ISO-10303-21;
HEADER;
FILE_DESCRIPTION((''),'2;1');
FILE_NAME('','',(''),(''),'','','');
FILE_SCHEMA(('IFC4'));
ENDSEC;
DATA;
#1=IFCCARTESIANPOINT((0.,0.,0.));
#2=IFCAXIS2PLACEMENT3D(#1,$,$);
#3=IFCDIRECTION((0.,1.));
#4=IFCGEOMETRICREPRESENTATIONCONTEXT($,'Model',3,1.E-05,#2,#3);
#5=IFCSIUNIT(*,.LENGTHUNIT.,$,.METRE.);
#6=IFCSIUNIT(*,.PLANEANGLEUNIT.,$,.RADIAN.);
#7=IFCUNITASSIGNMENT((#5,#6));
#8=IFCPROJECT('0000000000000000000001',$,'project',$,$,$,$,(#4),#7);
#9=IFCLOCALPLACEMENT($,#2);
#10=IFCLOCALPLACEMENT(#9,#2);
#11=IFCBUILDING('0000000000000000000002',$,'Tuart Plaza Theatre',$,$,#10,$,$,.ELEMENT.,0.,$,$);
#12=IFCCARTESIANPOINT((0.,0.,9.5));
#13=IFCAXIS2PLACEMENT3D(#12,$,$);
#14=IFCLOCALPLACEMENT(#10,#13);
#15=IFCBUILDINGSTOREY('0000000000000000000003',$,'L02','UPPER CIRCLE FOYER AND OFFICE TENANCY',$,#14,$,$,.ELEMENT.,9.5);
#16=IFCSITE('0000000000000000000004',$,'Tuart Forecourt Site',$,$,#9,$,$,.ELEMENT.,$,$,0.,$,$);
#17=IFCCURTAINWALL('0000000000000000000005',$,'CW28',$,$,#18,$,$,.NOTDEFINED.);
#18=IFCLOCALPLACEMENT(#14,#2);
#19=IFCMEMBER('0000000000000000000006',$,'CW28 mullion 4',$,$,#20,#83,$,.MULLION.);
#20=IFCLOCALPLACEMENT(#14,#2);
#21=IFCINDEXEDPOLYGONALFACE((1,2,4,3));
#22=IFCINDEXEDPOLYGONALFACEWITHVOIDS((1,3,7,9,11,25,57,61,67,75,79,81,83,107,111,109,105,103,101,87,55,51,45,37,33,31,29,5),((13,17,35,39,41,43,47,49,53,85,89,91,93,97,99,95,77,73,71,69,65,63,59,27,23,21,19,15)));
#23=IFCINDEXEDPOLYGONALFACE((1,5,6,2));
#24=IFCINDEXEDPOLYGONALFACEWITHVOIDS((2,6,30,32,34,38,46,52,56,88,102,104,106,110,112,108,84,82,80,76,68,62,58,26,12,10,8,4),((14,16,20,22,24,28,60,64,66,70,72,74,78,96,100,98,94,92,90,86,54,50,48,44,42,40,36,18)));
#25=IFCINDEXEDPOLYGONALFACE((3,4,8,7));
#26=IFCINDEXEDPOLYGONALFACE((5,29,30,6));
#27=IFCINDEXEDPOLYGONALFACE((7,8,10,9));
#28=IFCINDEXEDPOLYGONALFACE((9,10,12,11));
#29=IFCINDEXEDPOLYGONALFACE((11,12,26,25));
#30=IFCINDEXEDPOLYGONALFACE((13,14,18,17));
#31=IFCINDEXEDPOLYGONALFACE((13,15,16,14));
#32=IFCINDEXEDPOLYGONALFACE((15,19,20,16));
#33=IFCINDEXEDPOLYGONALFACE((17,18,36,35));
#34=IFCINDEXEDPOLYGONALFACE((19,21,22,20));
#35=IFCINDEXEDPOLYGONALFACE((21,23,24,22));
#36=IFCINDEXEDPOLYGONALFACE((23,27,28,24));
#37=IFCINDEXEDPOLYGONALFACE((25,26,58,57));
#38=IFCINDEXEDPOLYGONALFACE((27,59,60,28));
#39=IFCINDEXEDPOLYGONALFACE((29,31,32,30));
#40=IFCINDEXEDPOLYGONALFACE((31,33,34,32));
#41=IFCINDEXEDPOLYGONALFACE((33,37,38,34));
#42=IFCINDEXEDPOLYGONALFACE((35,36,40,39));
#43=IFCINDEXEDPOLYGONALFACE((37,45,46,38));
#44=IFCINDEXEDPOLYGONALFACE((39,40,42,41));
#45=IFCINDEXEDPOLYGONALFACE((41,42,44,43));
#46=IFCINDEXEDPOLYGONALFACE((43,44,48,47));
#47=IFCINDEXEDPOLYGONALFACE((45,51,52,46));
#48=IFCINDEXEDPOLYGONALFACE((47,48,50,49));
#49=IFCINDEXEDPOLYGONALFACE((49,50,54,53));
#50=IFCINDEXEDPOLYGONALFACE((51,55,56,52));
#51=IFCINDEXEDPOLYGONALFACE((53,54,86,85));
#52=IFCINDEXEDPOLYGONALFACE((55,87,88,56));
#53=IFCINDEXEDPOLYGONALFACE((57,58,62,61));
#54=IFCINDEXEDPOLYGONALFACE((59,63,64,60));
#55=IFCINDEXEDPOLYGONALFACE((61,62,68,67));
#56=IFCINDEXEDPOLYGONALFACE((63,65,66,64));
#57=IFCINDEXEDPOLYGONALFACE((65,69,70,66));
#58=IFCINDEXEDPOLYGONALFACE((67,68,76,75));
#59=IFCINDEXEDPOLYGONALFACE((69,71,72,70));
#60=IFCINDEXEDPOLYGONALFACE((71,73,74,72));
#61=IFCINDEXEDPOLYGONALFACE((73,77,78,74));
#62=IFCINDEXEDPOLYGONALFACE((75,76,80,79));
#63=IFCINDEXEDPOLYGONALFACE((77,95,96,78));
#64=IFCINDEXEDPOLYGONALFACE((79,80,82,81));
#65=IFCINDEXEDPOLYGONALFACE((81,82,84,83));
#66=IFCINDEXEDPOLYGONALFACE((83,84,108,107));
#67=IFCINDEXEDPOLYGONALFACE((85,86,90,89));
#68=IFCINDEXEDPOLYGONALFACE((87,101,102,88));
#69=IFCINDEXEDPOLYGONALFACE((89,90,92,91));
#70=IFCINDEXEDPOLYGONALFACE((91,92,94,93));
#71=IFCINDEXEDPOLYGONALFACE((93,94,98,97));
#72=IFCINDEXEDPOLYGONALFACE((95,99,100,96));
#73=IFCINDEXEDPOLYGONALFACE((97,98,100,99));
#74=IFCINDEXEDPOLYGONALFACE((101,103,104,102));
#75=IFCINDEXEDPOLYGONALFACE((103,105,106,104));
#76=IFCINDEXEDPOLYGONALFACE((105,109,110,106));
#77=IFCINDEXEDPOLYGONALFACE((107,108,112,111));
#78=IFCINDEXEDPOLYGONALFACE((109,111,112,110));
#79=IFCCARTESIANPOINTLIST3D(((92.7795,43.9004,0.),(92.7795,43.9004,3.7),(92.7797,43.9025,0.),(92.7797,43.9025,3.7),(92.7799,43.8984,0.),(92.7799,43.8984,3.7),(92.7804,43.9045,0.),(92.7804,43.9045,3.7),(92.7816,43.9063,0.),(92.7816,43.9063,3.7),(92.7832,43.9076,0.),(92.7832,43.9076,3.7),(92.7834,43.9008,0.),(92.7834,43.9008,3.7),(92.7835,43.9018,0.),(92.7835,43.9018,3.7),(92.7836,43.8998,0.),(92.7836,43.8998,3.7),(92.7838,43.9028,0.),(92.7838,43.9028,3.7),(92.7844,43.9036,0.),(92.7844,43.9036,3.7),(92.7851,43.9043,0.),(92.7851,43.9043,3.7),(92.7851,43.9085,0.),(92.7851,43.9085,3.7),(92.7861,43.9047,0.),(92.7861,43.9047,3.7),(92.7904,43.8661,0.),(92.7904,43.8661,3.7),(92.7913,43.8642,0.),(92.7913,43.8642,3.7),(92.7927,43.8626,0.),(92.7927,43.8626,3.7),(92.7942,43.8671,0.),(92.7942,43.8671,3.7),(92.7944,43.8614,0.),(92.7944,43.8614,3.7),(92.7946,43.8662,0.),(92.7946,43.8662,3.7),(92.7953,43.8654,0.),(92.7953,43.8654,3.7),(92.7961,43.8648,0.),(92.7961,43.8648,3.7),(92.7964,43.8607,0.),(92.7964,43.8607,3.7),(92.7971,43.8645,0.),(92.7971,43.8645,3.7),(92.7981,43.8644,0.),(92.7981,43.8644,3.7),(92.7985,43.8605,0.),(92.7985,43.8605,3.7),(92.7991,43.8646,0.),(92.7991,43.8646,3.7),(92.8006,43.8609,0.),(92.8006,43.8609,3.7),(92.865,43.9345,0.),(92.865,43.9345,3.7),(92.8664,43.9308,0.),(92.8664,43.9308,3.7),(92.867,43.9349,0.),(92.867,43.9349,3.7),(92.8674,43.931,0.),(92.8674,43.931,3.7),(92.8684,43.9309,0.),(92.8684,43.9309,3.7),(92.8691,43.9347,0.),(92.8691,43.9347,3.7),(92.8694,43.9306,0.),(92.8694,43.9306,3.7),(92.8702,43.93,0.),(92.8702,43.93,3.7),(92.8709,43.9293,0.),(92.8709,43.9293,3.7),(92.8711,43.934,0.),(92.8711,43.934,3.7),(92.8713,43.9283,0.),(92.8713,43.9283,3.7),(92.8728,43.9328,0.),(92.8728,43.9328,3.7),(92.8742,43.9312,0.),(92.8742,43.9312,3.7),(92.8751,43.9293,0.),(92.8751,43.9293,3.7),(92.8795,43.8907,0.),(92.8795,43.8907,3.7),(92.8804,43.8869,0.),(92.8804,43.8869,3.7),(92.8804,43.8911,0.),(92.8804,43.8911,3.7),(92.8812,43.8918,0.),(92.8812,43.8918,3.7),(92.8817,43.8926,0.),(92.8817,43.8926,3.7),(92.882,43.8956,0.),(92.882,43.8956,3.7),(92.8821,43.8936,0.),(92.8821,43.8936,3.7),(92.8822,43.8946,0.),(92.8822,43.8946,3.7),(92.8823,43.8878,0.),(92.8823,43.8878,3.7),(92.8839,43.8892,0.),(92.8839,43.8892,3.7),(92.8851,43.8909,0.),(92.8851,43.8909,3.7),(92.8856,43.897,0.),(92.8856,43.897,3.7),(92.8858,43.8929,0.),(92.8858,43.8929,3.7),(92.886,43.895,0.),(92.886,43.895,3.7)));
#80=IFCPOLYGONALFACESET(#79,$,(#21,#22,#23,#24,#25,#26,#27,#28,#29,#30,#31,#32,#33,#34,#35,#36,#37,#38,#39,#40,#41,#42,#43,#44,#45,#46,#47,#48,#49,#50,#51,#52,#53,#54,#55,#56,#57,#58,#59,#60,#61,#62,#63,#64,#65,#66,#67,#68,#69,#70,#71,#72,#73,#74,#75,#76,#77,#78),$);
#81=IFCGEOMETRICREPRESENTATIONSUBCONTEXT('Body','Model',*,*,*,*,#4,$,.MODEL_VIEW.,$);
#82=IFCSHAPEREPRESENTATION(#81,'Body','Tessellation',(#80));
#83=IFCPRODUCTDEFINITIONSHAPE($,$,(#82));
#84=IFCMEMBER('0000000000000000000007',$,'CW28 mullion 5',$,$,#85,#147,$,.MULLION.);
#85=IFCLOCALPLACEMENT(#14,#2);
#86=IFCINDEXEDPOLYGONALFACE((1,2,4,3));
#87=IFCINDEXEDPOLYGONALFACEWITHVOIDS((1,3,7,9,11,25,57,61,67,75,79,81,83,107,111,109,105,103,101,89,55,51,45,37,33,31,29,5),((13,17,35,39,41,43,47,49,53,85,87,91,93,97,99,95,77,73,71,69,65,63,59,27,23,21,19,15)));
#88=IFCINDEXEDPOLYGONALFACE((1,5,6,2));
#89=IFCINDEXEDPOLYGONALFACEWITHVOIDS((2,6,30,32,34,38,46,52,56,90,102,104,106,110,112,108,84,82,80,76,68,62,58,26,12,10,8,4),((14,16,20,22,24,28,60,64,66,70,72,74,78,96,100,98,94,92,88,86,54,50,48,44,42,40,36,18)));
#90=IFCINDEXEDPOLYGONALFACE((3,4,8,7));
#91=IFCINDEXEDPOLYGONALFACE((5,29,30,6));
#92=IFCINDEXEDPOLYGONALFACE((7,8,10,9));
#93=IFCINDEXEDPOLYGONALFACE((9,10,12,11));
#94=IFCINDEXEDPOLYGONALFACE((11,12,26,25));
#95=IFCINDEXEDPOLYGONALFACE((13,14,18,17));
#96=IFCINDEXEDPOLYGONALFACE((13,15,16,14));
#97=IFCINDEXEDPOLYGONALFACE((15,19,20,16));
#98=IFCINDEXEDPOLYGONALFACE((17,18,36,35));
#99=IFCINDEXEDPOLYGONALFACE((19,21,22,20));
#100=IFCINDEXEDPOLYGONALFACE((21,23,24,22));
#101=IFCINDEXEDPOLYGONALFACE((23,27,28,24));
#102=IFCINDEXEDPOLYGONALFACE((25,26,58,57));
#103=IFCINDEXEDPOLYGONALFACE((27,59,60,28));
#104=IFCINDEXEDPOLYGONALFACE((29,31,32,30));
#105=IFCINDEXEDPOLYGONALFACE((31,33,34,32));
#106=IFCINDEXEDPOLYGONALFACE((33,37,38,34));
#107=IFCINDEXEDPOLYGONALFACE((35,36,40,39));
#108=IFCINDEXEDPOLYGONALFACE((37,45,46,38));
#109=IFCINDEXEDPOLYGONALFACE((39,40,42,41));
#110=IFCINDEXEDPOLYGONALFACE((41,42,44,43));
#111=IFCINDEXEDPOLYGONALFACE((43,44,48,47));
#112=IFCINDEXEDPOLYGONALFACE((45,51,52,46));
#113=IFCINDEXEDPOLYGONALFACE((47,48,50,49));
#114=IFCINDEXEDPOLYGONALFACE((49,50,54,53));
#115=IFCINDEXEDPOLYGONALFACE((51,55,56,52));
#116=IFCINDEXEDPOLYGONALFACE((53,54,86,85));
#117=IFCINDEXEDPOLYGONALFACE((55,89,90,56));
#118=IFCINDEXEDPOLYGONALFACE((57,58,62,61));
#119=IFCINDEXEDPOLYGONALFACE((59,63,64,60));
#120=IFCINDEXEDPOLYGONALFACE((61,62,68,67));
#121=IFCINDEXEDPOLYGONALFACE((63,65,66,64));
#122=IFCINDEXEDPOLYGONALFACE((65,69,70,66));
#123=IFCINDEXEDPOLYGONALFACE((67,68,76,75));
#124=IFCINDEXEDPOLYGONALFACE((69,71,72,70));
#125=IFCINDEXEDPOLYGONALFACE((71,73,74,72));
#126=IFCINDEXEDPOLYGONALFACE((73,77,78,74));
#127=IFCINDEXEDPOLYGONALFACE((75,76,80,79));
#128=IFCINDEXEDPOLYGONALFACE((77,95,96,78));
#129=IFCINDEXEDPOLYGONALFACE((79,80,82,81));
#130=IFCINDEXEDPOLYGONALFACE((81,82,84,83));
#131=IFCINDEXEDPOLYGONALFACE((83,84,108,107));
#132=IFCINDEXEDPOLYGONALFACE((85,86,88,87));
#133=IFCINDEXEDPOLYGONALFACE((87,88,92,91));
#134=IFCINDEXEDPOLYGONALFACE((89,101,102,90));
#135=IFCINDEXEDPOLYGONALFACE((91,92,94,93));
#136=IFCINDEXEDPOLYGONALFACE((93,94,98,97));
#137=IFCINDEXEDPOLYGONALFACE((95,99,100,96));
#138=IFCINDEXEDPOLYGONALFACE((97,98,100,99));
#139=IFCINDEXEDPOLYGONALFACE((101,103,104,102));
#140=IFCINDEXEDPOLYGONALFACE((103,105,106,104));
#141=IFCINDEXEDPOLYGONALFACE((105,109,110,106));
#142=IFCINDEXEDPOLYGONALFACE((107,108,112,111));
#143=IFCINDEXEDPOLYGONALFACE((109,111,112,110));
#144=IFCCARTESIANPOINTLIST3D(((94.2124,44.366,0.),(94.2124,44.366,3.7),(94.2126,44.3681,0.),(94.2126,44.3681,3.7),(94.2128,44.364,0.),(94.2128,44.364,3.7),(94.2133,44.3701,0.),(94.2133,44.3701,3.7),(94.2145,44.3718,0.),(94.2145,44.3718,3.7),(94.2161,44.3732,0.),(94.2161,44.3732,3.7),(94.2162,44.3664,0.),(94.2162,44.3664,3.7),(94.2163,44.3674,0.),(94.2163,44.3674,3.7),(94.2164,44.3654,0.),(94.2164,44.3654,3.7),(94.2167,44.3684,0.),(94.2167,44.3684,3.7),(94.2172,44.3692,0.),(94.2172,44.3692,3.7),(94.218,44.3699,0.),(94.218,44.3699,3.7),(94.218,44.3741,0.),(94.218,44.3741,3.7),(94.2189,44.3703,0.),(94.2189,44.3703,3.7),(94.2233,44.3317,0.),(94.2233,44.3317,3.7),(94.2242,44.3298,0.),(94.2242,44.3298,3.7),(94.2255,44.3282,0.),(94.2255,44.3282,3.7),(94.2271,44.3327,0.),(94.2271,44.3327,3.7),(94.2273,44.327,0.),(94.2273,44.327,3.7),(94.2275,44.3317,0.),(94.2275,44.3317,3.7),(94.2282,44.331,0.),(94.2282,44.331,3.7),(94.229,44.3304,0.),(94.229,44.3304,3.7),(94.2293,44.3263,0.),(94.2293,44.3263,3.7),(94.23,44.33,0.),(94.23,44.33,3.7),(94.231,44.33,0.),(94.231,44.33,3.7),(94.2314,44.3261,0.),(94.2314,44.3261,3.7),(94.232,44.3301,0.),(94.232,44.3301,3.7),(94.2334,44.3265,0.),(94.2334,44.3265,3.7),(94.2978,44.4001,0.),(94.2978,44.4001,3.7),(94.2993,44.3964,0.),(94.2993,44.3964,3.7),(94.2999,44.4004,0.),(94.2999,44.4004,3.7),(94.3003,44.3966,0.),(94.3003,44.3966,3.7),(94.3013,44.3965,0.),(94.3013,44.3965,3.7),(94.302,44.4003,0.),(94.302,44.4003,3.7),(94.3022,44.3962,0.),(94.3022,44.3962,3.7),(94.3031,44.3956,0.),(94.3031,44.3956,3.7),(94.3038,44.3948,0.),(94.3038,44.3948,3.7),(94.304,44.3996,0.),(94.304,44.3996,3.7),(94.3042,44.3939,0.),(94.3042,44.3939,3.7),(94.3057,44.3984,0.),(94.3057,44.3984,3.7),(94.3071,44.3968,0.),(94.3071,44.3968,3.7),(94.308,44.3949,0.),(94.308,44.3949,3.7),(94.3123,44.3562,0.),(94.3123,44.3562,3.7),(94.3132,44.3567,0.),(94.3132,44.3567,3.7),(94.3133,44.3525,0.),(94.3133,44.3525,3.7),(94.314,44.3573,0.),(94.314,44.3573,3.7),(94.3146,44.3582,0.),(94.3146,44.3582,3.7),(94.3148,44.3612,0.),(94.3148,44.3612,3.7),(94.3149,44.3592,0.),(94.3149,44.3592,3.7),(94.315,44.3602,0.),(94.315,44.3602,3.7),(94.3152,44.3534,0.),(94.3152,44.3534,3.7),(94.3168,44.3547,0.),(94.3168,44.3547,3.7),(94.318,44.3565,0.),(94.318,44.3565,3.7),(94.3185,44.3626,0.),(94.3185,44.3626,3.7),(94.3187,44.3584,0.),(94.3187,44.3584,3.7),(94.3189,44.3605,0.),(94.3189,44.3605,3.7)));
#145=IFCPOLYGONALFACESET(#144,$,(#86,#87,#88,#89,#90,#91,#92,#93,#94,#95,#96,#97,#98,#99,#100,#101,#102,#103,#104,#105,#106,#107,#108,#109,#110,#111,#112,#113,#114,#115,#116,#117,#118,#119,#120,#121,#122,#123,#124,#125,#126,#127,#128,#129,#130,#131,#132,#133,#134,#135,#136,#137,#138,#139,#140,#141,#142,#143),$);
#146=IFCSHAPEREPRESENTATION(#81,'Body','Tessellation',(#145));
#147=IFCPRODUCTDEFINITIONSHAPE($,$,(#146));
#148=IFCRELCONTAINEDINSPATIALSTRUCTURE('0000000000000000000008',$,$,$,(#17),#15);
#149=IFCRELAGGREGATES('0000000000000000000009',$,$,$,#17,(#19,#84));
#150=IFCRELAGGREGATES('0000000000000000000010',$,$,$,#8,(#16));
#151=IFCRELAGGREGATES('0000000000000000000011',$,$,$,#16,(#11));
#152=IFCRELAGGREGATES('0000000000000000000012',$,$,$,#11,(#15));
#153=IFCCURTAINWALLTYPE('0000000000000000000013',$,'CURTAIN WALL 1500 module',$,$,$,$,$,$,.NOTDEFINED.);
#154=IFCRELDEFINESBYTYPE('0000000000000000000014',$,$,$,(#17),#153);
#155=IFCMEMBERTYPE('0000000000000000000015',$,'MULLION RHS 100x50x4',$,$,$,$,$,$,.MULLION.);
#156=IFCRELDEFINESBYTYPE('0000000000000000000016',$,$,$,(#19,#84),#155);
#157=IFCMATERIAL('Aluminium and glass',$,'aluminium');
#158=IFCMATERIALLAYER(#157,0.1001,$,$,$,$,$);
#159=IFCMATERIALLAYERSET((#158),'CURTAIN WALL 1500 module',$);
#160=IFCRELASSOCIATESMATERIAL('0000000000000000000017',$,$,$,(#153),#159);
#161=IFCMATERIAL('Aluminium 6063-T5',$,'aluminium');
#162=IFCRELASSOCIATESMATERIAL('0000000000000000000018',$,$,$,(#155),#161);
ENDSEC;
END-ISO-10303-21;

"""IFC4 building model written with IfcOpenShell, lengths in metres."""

from ifc_helpers import new_model, si_unit, direction, frame, origin, origin_2d, place, context, subcontext, project, spatial, hollow_rectangle, extrude, material, layer, layer_set, material_profile, profile_set, type_object, element, aggregate, save


model = new_model("IFC4")

# Units and contexts
model_context = context("Model", 3, precision=1e-05, world=origin(), true_north=direction((0.0, 1.0)))
body_context = subcontext(model_context, "Body", "Model", "MODEL_VIEW")
ifc_project = project(units=[si_unit("LENGTHUNIT", "METRE"), si_unit("PLANEANGLEUNIT", "RADIAN")], contexts=[model_context])

# Site, building, storey
site_placement = place(None, origin())
site = spatial("IfcSite", under=ifc_project, at=site_placement, Name="Tuart Forecourt Site", CompositionType="ELEMENT", RefElevation=0.0)
building_placement = place(site_placement, origin())
building = spatial("IfcBuilding", under=site, at=building_placement, Name="Tuart Plaza Theatre", CompositionType="ELEMENT", ElevationOfRefHeight=0.0)
storey_placement = place(building_placement, frame((0.0, 0.0, 9.5)))
storey = spatial("IfcBuildingStorey", under=building, at=storey_placement, Name="L02", Description="UPPER CIRCLE FOYER AND OFFICE TENANCY", CompositionType="ELEMENT", Elevation=9.5)

# Curtain wall, members
ifc_material_1 = material(Name="Aluminium and glass", Category="aluminium")
ifc_layer_1 = layer(ifc_material_1, 0.1001)
ifc_layer_set_1 = layer_set([ifc_layer_1], Name="CURTAIN WALL 1500 module")
curtain_wall_type = type_object("IfcCurtainWallType", Name="CURTAIN WALL 1500 module", PredefinedType="NOTDEFINED", material=ifc_layer_set_1)
curtain_wall_1_placement = place(storey_placement, origin())
curtain_wall_1 = element("IfcCurtainWall", 1, at=curtain_wall_1_placement, inside=storey, type_object=curtain_wall_type, Name="CW28", PredefinedType="NOTDEFINED")
ifc_material_2 = material(Name="Aluminium 6063-T5", Category="aluminium")
ifc_material_profile_1 = material_profile(ifc_material_2, hollow_rectangle(XDim=0.05, YDim=0.1001, WallThickness=0.0039, InnerFilletRadius=0.0039, OuterFilletRadius=0.0081, at=origin_2d()), Name="RHS 100x50x4")
ifc_profile_set_1 = profile_set([ifc_material_profile_1], Name="Aluminium 6063-T5")
member_type_1 = type_object("IfcMemberType", Name="MULLION RHS 100x50x4", PredefinedType="MULLION", material=ifc_profile_set_1)
member_1_placement = place(storey_placement, frame((92.8328, 43.8977, 0.0), z_axis=(0.0, 0.0, 1.0), x_axis=(-0.309018, 0.951056, 0.0)))
member_1 = element("IfcMember", 2, at=member_1_placement, type_object=member_type_1, Name="CW28 mullion 4", PredefinedType="MULLION", context=body_context, shape_type="SweptSolid", body=[
    extrude(hollow_rectangle(XDim=0.05, YDim=0.1001, WallThickness=0.0039, InnerFilletRadius=0.0039, OuterFilletRadius=0.0081, at=origin_2d()), origin(), (0.0, 0.0, 1.0), 3.7),
])
member_2_placement = place(storey_placement, frame((94.2656, 44.3633, 0.0), z_axis=(0.0, 0.0, 1.0), x_axis=(-0.309018, 0.951056, 0.0)))
member_2 = element("IfcMember", 3, at=member_2_placement, type_object=member_type_1, Name="CW28 mullion 5", PredefinedType="MULLION", context=body_context, shape_type="SweptSolid", body=[
    extrude(hollow_rectangle(XDim=0.05, YDim=0.1001, WallThickness=0.0039, InnerFilletRadius=0.0039, OuterFilletRadius=0.0081, at=origin_2d()), origin(), (0.0, 0.0, 1.0), 3.7),
])

aggregate(curtain_wall_1, [member_1, member_2])

save(model, "model.ifc")
